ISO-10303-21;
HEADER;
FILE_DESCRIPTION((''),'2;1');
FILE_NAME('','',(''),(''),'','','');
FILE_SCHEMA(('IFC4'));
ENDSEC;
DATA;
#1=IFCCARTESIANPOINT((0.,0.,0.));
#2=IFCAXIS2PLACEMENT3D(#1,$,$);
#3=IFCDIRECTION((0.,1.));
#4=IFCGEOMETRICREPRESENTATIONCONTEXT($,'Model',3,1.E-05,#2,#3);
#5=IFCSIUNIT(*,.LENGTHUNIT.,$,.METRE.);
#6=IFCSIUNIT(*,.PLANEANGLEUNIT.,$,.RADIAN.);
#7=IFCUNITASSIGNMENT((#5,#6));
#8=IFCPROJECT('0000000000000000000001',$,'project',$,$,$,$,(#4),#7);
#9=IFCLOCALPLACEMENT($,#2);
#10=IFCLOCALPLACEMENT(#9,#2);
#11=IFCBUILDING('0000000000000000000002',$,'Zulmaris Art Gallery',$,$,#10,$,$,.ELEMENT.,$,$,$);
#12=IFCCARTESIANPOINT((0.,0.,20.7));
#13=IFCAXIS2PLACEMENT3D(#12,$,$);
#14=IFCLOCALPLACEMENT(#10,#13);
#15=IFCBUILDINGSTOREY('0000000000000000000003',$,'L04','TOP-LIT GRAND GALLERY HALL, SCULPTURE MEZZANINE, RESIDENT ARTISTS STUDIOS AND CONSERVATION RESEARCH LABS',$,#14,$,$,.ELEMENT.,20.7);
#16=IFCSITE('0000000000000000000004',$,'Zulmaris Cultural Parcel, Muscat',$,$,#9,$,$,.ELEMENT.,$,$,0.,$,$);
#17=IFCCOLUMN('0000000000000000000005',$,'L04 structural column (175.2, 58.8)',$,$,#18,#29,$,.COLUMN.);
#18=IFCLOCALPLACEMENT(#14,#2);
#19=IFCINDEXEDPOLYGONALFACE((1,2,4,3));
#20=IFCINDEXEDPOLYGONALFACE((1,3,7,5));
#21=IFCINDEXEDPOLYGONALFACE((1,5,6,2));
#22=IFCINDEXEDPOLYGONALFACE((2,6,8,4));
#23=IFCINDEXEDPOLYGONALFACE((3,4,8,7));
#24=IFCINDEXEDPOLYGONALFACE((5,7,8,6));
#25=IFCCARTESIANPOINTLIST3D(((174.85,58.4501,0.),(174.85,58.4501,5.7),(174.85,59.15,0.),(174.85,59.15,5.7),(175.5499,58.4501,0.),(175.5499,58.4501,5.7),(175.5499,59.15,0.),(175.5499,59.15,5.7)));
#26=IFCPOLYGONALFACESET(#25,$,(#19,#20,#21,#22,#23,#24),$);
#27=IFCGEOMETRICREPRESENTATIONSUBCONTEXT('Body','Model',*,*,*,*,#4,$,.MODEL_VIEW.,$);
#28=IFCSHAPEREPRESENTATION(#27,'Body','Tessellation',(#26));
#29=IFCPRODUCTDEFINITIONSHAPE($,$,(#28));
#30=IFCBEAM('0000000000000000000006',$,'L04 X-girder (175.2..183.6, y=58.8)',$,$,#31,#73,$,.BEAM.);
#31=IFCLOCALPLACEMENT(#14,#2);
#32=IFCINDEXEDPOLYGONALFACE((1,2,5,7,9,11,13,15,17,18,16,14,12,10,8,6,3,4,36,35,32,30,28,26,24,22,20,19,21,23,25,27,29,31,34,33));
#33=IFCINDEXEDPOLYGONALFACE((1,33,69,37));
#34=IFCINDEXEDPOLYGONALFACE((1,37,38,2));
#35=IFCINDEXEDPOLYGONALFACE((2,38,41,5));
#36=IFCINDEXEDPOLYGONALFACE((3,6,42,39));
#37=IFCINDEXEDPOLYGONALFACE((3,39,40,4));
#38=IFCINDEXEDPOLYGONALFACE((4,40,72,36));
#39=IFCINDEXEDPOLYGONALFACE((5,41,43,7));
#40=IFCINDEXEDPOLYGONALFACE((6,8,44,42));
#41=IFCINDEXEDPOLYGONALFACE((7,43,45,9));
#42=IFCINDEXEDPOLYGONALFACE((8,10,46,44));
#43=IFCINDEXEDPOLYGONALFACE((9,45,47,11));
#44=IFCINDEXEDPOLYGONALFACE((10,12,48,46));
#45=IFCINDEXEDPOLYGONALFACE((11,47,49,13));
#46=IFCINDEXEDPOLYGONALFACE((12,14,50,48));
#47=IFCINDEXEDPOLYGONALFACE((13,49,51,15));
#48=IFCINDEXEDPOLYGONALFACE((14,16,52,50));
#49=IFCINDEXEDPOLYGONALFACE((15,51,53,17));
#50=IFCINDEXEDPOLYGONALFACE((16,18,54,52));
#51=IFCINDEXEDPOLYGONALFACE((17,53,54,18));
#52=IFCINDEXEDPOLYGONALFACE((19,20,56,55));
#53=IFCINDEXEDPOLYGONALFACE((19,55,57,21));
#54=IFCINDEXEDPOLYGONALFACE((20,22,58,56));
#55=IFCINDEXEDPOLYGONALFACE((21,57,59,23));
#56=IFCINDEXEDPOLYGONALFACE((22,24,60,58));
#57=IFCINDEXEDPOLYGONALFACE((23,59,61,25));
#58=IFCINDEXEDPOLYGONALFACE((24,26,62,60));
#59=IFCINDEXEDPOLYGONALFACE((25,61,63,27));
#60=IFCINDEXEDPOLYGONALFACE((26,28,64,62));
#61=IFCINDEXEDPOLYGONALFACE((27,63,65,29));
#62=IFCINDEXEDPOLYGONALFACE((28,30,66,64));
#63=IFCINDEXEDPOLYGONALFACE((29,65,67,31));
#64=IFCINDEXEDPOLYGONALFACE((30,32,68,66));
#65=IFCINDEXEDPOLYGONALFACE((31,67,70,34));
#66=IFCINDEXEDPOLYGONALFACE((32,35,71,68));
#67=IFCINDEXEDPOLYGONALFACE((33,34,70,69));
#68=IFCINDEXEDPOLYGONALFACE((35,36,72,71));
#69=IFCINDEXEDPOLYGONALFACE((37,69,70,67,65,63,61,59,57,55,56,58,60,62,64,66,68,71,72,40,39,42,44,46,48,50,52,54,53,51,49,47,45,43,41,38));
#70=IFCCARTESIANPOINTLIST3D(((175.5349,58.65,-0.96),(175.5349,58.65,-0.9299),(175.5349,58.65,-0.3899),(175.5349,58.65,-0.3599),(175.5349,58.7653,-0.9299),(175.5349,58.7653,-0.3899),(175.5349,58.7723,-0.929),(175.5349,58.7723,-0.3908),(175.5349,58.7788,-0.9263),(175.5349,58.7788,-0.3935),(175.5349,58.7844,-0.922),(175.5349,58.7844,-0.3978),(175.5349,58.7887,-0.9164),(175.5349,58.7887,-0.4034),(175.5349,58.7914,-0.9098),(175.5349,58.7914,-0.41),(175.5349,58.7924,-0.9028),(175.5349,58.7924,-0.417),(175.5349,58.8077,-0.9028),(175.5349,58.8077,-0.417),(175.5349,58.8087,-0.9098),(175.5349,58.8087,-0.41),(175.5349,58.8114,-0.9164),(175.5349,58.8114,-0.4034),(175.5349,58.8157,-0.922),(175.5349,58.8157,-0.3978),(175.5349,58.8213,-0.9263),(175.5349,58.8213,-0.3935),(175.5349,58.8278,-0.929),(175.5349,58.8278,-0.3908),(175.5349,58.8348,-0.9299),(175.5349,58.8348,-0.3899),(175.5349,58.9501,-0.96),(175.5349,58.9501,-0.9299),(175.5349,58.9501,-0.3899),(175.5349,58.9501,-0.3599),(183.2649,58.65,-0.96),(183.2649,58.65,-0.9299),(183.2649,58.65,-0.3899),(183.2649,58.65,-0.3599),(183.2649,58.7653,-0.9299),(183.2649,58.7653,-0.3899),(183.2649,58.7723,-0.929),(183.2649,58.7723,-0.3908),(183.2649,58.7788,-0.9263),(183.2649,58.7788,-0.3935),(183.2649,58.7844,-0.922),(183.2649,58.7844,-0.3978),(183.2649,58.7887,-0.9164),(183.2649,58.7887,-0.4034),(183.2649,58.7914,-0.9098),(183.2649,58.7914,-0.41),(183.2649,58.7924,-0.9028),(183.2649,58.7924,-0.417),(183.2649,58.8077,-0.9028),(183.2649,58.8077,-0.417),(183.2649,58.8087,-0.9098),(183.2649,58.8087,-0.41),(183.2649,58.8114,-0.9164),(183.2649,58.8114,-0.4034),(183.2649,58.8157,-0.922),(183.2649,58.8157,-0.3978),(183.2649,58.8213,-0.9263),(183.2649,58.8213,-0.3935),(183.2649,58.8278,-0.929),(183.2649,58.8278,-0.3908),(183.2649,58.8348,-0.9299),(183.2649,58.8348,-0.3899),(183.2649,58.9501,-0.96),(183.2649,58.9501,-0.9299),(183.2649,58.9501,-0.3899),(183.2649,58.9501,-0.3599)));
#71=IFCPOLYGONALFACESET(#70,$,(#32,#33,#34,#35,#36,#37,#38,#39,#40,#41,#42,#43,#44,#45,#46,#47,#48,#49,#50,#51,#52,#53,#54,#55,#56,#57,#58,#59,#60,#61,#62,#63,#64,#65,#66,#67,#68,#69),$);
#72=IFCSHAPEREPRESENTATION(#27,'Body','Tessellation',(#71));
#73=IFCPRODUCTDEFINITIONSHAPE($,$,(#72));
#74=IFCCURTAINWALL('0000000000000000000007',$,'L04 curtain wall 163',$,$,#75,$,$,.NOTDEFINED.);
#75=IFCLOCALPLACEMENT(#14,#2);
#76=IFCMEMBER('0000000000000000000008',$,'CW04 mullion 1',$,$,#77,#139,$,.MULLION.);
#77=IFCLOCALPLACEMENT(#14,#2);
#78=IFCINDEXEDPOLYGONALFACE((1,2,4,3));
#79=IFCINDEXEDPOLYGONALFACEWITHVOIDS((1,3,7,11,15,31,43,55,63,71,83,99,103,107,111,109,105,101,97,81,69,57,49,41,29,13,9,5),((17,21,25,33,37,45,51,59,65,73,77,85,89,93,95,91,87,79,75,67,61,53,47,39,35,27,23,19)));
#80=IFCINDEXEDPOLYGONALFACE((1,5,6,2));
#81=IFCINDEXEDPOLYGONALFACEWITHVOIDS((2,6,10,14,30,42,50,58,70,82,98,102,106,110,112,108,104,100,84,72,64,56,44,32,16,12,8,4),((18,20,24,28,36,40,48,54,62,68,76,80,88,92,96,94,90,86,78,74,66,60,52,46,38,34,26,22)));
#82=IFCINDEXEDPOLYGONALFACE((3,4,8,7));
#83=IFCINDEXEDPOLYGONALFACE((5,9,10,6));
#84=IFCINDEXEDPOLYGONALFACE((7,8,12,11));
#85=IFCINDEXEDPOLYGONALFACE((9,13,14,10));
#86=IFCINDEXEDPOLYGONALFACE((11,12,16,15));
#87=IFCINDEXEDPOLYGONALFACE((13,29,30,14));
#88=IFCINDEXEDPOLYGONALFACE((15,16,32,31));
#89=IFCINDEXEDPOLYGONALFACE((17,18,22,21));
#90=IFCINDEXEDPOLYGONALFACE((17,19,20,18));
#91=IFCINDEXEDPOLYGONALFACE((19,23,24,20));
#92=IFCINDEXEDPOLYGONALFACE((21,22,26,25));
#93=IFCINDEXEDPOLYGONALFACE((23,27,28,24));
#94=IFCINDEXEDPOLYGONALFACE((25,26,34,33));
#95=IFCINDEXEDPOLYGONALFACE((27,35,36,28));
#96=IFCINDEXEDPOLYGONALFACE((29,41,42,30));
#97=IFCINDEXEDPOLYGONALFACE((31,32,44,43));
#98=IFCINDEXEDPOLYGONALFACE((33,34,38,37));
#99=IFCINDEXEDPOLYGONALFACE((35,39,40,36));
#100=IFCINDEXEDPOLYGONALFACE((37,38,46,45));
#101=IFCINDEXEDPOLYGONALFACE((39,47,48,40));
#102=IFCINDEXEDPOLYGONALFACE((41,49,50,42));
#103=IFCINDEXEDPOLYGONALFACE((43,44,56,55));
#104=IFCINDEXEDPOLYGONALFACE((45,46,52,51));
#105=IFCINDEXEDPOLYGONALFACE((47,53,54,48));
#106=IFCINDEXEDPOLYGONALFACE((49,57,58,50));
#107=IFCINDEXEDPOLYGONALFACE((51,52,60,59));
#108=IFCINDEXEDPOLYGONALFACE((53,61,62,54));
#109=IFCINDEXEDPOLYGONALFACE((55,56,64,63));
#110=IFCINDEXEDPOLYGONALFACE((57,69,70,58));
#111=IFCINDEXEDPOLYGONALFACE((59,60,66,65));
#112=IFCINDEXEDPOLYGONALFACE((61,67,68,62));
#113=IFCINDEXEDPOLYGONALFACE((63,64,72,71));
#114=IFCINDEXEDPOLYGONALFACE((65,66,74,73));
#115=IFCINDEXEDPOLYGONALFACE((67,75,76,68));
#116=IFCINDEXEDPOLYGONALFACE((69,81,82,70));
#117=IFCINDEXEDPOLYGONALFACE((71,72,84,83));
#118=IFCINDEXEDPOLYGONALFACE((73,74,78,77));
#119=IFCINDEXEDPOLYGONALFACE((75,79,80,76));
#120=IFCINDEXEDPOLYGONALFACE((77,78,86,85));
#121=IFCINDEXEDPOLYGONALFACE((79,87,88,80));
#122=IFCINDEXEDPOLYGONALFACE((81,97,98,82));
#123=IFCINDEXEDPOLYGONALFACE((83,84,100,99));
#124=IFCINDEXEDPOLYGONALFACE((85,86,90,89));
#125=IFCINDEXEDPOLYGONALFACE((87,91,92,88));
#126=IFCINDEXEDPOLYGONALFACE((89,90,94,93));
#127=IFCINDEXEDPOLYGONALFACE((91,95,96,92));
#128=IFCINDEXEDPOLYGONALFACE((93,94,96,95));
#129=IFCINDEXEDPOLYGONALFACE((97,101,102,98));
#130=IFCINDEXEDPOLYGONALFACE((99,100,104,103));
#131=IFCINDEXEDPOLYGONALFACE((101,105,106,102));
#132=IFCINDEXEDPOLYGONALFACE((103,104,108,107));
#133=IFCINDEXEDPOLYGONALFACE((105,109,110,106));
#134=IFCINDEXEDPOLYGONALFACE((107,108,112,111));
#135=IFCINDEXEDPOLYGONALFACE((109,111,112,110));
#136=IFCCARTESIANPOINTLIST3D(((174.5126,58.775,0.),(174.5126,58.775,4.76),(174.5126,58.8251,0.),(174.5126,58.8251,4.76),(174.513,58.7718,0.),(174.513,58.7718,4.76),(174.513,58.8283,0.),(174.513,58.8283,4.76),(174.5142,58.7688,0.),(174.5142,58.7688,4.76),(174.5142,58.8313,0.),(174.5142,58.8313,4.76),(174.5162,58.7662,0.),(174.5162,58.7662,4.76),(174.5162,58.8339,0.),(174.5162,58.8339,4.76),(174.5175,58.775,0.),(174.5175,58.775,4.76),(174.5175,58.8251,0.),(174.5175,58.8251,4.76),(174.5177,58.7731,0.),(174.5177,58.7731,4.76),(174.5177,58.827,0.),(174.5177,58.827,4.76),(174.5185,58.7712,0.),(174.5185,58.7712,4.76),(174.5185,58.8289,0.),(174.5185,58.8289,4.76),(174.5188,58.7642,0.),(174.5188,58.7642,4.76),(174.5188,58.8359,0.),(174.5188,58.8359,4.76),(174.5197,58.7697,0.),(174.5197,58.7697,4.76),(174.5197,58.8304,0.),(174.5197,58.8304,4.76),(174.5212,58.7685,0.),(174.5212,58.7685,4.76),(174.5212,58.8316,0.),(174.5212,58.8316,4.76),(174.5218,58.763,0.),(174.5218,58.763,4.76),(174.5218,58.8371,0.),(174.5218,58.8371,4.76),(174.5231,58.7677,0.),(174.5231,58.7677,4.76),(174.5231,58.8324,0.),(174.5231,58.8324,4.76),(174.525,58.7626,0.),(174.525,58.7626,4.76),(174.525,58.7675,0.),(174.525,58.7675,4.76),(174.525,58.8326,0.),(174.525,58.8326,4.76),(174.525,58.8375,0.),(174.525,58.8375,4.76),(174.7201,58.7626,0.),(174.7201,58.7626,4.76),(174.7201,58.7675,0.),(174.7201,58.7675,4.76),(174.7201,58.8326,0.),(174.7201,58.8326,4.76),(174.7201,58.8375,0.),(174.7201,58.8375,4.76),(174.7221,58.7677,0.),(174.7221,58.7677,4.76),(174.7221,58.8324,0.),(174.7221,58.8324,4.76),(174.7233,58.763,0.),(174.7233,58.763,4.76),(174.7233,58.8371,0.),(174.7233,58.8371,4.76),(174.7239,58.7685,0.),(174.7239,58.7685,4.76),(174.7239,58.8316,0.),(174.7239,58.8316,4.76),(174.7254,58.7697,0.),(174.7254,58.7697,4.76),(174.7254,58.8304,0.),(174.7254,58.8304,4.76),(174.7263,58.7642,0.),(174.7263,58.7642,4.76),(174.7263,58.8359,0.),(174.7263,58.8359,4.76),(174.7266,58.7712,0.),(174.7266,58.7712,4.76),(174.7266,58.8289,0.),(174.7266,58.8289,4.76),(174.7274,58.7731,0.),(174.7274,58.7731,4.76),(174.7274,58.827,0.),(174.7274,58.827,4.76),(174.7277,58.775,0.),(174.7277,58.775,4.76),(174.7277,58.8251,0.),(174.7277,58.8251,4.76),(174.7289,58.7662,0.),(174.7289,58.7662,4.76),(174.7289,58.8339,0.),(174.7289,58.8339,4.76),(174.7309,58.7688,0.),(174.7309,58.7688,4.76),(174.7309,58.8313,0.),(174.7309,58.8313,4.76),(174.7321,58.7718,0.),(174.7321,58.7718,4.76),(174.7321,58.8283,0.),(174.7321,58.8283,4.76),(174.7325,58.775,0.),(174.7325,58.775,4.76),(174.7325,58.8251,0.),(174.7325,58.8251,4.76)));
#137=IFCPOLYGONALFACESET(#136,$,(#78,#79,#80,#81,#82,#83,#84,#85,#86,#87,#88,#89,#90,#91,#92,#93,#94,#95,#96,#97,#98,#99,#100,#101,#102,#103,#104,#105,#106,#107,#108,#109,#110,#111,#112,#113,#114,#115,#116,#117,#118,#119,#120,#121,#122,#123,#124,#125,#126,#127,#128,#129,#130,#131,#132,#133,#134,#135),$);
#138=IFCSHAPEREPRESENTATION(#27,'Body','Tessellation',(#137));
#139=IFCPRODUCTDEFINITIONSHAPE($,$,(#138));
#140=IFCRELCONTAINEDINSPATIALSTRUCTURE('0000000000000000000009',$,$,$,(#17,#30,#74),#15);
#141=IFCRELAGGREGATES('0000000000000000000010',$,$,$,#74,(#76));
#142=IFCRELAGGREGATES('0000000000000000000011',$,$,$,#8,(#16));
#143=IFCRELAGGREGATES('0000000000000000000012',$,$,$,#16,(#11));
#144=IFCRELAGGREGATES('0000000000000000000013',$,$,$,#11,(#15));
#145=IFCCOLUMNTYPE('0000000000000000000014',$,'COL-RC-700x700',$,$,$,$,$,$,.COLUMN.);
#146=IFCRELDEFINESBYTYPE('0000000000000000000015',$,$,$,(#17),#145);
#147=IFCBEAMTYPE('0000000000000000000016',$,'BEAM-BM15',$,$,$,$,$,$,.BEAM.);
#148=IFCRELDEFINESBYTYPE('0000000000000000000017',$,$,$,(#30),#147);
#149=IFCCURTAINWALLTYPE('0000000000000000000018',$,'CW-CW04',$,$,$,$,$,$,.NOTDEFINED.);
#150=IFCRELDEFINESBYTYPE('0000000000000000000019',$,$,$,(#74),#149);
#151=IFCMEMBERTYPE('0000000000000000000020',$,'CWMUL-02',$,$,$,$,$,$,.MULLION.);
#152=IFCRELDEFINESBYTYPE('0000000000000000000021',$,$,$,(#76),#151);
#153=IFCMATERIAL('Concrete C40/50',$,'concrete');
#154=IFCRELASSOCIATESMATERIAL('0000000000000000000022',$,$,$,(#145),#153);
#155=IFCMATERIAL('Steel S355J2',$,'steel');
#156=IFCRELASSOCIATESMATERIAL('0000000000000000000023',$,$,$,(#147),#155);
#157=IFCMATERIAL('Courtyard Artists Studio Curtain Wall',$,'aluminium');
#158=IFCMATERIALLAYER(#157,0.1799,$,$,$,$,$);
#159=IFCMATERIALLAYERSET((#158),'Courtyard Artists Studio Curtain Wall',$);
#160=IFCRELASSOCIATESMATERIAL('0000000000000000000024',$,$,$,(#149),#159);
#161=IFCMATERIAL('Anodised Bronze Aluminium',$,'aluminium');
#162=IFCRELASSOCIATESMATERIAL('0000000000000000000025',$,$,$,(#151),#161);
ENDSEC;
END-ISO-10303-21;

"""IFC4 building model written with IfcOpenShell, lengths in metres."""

from ifc_helpers import new_model, si_unit, direction, frame, origin, origin_2d, place, context, subcontext, project, spatial, rectangle, hollow_rectangle, i_section, extrude, material, layer, layer_set, material_profile, profile_set, type_object, element, aggregate, save


model = new_model("IFC4")

# Units and contexts
model_context = context("Model", 3, precision=1e-05, world=origin(), true_north=direction((0.0, 1.0)))
body_context = subcontext(model_context, "Body", "Model", "MODEL_VIEW")
ifc_project = project(units=[si_unit("LENGTHUNIT", "METRE"), si_unit("PLANEANGLEUNIT", "RADIAN")], contexts=[model_context])

# Site, building, storey
site_placement = place(None, origin())
site = spatial("IfcSite", under=ifc_project, at=site_placement, Name="Zulmaris Cultural Parcel, Muscat", CompositionType="ELEMENT", RefElevation=0.0)
building_placement = place(site_placement, origin())
building = spatial("IfcBuilding", under=site, at=building_placement, Name="Zulmaris Art Gallery", CompositionType="ELEMENT")
storey_placement = place(building_placement, frame((0.0, 0.0, 20.7)))
storey = spatial("IfcBuildingStorey", under=building, at=storey_placement, Name="L04", Description="TOP-LIT GRAND GALLERY HALL, SCULPTURE MEZZANINE, RESIDENT ARTISTS STUDIOS AND CONSERVATION RESEARCH LABS", CompositionType="ELEMENT", Elevation=20.7)

# Column
ifc_material_1 = material(Name="Concrete C40/50", Category="concrete")
ifc_material_profile_1 = material_profile(ifc_material_1, rectangle(XDim=0.7, YDim=0.7, at=origin_2d()), Name="RC 700x700")
ifc_profile_set_1 = profile_set([ifc_material_profile_1], Name="Concrete C40/50")
column_type = type_object("IfcColumnType", Name="COL-RC-700x700", PredefinedType="COLUMN", material=ifc_profile_set_1)
column_placement = place(storey_placement, frame((175.2, 58.8, 0.0), z_axis=(0.0, 0.0, 1.0), x_axis=(1.0, 0.0, 0.0)))
element("IfcColumn", 1, at=column_placement, inside=storey, type_object=column_type, Name="L04 structural column (175.2, 58.8)", PredefinedType="COLUMN", context=body_context, shape_type="SweptSolid", body=[
    extrude(rectangle(XDim=0.7, YDim=0.7, at=origin_2d()), origin(), (0.0, 0.0, 1.0), 5.7),
])

# Beam
ifc_material_2 = material(Name="Steel S355J2", Category="steel")
ifc_material_profile_2 = material_profile(ifc_material_2, i_section(OverallWidth=0.3, OverallDepth=0.6001, WebThickness=0.0154, FlangeThickness=0.03, FilletRadius=0.0271, at=origin_2d()), Name="HEB 600")
ifc_profile_set_2 = profile_set([ifc_material_profile_2], Name="Steel S355J2")
beam_type = type_object("IfcBeamType", Name="BEAM-BM15", PredefinedType="BEAM", material=ifc_profile_set_2)
beam_placement = place(storey_placement, frame((175.5349, 58.8, -0.6599), z_axis=(1.0, 0.0, 0.0), x_axis=(0.0, 1.0, 0.0)))
element("IfcBeam", 2, at=beam_placement, inside=storey, type_object=beam_type, Name="L04 X-girder (175.2..183.6, y=58.8)", PredefinedType="BEAM", context=body_context, shape_type="SweptSolid", body=[
    extrude(i_section(OverallWidth=0.3, OverallDepth=0.6001, WebThickness=0.0154, FlangeThickness=0.03, FilletRadius=0.0271, at=origin_2d()), origin(), (0.0, 0.0, 1.0), 7.73),
])

# Curtain wall, member
ifc_material_3 = material(Name="Courtyard Artists Studio Curtain Wall", Category="aluminium")
ifc_layer_1 = layer(ifc_material_3, 0.1799)
ifc_layer_set_1 = layer_set([ifc_layer_1], Name="Courtyard Artists Studio Curtain Wall")
curtain_wall_type = type_object("IfcCurtainWallType", Name="CW-CW04", PredefinedType="NOTDEFINED", material=ifc_layer_set_1)
curtain_wall_1_placement = place(storey_placement, origin())
curtain_wall_1 = element("IfcCurtainWall", 3, at=curtain_wall_1_placement, inside=storey, type_object=curtain_wall_type, Name="L04 curtain wall 163", PredefinedType="NOTDEFINED")
ifc_material_4 = material(Name="Anodised Bronze Aluminium", Category="aluminium")
ifc_material_profile_3 = material_profile(ifc_material_4, hollow_rectangle(XDim=0.075, YDim=0.22, WallThickness=0.0049, InnerFilletRadius=0.0076, OuterFilletRadius=0.0125, at=origin_2d()), Name="ALU 75x220x5")
ifc_profile_set_3 = profile_set([ifc_material_profile_3], Name="Anodised Bronze Aluminium")
member_type_1 = type_object("IfcMemberType", Name="CWMUL-02", PredefinedType="MULLION", material=ifc_profile_set_3)
member_1_placement = place(storey_placement, frame((174.6226, 58.8, 0.0), z_axis=(0.0, 0.0, 1.0), x_axis=(0.0, -1.0, 0.0)))
member_1 = element("IfcMember", 4, at=member_1_placement, type_object=member_type_1, Name="CW04 mullion 1", PredefinedType="MULLION", context=body_context, shape_type="SweptSolid", body=[
    extrude(hollow_rectangle(XDim=0.075, YDim=0.22, WallThickness=0.0049, InnerFilletRadius=0.0076, OuterFilletRadius=0.0125, at=origin_2d()), origin(), (0.0, 0.0, 1.0), 4.76),
])
aggregate(curtain_wall_1, [member_1])

save(model, "model.ifc")
